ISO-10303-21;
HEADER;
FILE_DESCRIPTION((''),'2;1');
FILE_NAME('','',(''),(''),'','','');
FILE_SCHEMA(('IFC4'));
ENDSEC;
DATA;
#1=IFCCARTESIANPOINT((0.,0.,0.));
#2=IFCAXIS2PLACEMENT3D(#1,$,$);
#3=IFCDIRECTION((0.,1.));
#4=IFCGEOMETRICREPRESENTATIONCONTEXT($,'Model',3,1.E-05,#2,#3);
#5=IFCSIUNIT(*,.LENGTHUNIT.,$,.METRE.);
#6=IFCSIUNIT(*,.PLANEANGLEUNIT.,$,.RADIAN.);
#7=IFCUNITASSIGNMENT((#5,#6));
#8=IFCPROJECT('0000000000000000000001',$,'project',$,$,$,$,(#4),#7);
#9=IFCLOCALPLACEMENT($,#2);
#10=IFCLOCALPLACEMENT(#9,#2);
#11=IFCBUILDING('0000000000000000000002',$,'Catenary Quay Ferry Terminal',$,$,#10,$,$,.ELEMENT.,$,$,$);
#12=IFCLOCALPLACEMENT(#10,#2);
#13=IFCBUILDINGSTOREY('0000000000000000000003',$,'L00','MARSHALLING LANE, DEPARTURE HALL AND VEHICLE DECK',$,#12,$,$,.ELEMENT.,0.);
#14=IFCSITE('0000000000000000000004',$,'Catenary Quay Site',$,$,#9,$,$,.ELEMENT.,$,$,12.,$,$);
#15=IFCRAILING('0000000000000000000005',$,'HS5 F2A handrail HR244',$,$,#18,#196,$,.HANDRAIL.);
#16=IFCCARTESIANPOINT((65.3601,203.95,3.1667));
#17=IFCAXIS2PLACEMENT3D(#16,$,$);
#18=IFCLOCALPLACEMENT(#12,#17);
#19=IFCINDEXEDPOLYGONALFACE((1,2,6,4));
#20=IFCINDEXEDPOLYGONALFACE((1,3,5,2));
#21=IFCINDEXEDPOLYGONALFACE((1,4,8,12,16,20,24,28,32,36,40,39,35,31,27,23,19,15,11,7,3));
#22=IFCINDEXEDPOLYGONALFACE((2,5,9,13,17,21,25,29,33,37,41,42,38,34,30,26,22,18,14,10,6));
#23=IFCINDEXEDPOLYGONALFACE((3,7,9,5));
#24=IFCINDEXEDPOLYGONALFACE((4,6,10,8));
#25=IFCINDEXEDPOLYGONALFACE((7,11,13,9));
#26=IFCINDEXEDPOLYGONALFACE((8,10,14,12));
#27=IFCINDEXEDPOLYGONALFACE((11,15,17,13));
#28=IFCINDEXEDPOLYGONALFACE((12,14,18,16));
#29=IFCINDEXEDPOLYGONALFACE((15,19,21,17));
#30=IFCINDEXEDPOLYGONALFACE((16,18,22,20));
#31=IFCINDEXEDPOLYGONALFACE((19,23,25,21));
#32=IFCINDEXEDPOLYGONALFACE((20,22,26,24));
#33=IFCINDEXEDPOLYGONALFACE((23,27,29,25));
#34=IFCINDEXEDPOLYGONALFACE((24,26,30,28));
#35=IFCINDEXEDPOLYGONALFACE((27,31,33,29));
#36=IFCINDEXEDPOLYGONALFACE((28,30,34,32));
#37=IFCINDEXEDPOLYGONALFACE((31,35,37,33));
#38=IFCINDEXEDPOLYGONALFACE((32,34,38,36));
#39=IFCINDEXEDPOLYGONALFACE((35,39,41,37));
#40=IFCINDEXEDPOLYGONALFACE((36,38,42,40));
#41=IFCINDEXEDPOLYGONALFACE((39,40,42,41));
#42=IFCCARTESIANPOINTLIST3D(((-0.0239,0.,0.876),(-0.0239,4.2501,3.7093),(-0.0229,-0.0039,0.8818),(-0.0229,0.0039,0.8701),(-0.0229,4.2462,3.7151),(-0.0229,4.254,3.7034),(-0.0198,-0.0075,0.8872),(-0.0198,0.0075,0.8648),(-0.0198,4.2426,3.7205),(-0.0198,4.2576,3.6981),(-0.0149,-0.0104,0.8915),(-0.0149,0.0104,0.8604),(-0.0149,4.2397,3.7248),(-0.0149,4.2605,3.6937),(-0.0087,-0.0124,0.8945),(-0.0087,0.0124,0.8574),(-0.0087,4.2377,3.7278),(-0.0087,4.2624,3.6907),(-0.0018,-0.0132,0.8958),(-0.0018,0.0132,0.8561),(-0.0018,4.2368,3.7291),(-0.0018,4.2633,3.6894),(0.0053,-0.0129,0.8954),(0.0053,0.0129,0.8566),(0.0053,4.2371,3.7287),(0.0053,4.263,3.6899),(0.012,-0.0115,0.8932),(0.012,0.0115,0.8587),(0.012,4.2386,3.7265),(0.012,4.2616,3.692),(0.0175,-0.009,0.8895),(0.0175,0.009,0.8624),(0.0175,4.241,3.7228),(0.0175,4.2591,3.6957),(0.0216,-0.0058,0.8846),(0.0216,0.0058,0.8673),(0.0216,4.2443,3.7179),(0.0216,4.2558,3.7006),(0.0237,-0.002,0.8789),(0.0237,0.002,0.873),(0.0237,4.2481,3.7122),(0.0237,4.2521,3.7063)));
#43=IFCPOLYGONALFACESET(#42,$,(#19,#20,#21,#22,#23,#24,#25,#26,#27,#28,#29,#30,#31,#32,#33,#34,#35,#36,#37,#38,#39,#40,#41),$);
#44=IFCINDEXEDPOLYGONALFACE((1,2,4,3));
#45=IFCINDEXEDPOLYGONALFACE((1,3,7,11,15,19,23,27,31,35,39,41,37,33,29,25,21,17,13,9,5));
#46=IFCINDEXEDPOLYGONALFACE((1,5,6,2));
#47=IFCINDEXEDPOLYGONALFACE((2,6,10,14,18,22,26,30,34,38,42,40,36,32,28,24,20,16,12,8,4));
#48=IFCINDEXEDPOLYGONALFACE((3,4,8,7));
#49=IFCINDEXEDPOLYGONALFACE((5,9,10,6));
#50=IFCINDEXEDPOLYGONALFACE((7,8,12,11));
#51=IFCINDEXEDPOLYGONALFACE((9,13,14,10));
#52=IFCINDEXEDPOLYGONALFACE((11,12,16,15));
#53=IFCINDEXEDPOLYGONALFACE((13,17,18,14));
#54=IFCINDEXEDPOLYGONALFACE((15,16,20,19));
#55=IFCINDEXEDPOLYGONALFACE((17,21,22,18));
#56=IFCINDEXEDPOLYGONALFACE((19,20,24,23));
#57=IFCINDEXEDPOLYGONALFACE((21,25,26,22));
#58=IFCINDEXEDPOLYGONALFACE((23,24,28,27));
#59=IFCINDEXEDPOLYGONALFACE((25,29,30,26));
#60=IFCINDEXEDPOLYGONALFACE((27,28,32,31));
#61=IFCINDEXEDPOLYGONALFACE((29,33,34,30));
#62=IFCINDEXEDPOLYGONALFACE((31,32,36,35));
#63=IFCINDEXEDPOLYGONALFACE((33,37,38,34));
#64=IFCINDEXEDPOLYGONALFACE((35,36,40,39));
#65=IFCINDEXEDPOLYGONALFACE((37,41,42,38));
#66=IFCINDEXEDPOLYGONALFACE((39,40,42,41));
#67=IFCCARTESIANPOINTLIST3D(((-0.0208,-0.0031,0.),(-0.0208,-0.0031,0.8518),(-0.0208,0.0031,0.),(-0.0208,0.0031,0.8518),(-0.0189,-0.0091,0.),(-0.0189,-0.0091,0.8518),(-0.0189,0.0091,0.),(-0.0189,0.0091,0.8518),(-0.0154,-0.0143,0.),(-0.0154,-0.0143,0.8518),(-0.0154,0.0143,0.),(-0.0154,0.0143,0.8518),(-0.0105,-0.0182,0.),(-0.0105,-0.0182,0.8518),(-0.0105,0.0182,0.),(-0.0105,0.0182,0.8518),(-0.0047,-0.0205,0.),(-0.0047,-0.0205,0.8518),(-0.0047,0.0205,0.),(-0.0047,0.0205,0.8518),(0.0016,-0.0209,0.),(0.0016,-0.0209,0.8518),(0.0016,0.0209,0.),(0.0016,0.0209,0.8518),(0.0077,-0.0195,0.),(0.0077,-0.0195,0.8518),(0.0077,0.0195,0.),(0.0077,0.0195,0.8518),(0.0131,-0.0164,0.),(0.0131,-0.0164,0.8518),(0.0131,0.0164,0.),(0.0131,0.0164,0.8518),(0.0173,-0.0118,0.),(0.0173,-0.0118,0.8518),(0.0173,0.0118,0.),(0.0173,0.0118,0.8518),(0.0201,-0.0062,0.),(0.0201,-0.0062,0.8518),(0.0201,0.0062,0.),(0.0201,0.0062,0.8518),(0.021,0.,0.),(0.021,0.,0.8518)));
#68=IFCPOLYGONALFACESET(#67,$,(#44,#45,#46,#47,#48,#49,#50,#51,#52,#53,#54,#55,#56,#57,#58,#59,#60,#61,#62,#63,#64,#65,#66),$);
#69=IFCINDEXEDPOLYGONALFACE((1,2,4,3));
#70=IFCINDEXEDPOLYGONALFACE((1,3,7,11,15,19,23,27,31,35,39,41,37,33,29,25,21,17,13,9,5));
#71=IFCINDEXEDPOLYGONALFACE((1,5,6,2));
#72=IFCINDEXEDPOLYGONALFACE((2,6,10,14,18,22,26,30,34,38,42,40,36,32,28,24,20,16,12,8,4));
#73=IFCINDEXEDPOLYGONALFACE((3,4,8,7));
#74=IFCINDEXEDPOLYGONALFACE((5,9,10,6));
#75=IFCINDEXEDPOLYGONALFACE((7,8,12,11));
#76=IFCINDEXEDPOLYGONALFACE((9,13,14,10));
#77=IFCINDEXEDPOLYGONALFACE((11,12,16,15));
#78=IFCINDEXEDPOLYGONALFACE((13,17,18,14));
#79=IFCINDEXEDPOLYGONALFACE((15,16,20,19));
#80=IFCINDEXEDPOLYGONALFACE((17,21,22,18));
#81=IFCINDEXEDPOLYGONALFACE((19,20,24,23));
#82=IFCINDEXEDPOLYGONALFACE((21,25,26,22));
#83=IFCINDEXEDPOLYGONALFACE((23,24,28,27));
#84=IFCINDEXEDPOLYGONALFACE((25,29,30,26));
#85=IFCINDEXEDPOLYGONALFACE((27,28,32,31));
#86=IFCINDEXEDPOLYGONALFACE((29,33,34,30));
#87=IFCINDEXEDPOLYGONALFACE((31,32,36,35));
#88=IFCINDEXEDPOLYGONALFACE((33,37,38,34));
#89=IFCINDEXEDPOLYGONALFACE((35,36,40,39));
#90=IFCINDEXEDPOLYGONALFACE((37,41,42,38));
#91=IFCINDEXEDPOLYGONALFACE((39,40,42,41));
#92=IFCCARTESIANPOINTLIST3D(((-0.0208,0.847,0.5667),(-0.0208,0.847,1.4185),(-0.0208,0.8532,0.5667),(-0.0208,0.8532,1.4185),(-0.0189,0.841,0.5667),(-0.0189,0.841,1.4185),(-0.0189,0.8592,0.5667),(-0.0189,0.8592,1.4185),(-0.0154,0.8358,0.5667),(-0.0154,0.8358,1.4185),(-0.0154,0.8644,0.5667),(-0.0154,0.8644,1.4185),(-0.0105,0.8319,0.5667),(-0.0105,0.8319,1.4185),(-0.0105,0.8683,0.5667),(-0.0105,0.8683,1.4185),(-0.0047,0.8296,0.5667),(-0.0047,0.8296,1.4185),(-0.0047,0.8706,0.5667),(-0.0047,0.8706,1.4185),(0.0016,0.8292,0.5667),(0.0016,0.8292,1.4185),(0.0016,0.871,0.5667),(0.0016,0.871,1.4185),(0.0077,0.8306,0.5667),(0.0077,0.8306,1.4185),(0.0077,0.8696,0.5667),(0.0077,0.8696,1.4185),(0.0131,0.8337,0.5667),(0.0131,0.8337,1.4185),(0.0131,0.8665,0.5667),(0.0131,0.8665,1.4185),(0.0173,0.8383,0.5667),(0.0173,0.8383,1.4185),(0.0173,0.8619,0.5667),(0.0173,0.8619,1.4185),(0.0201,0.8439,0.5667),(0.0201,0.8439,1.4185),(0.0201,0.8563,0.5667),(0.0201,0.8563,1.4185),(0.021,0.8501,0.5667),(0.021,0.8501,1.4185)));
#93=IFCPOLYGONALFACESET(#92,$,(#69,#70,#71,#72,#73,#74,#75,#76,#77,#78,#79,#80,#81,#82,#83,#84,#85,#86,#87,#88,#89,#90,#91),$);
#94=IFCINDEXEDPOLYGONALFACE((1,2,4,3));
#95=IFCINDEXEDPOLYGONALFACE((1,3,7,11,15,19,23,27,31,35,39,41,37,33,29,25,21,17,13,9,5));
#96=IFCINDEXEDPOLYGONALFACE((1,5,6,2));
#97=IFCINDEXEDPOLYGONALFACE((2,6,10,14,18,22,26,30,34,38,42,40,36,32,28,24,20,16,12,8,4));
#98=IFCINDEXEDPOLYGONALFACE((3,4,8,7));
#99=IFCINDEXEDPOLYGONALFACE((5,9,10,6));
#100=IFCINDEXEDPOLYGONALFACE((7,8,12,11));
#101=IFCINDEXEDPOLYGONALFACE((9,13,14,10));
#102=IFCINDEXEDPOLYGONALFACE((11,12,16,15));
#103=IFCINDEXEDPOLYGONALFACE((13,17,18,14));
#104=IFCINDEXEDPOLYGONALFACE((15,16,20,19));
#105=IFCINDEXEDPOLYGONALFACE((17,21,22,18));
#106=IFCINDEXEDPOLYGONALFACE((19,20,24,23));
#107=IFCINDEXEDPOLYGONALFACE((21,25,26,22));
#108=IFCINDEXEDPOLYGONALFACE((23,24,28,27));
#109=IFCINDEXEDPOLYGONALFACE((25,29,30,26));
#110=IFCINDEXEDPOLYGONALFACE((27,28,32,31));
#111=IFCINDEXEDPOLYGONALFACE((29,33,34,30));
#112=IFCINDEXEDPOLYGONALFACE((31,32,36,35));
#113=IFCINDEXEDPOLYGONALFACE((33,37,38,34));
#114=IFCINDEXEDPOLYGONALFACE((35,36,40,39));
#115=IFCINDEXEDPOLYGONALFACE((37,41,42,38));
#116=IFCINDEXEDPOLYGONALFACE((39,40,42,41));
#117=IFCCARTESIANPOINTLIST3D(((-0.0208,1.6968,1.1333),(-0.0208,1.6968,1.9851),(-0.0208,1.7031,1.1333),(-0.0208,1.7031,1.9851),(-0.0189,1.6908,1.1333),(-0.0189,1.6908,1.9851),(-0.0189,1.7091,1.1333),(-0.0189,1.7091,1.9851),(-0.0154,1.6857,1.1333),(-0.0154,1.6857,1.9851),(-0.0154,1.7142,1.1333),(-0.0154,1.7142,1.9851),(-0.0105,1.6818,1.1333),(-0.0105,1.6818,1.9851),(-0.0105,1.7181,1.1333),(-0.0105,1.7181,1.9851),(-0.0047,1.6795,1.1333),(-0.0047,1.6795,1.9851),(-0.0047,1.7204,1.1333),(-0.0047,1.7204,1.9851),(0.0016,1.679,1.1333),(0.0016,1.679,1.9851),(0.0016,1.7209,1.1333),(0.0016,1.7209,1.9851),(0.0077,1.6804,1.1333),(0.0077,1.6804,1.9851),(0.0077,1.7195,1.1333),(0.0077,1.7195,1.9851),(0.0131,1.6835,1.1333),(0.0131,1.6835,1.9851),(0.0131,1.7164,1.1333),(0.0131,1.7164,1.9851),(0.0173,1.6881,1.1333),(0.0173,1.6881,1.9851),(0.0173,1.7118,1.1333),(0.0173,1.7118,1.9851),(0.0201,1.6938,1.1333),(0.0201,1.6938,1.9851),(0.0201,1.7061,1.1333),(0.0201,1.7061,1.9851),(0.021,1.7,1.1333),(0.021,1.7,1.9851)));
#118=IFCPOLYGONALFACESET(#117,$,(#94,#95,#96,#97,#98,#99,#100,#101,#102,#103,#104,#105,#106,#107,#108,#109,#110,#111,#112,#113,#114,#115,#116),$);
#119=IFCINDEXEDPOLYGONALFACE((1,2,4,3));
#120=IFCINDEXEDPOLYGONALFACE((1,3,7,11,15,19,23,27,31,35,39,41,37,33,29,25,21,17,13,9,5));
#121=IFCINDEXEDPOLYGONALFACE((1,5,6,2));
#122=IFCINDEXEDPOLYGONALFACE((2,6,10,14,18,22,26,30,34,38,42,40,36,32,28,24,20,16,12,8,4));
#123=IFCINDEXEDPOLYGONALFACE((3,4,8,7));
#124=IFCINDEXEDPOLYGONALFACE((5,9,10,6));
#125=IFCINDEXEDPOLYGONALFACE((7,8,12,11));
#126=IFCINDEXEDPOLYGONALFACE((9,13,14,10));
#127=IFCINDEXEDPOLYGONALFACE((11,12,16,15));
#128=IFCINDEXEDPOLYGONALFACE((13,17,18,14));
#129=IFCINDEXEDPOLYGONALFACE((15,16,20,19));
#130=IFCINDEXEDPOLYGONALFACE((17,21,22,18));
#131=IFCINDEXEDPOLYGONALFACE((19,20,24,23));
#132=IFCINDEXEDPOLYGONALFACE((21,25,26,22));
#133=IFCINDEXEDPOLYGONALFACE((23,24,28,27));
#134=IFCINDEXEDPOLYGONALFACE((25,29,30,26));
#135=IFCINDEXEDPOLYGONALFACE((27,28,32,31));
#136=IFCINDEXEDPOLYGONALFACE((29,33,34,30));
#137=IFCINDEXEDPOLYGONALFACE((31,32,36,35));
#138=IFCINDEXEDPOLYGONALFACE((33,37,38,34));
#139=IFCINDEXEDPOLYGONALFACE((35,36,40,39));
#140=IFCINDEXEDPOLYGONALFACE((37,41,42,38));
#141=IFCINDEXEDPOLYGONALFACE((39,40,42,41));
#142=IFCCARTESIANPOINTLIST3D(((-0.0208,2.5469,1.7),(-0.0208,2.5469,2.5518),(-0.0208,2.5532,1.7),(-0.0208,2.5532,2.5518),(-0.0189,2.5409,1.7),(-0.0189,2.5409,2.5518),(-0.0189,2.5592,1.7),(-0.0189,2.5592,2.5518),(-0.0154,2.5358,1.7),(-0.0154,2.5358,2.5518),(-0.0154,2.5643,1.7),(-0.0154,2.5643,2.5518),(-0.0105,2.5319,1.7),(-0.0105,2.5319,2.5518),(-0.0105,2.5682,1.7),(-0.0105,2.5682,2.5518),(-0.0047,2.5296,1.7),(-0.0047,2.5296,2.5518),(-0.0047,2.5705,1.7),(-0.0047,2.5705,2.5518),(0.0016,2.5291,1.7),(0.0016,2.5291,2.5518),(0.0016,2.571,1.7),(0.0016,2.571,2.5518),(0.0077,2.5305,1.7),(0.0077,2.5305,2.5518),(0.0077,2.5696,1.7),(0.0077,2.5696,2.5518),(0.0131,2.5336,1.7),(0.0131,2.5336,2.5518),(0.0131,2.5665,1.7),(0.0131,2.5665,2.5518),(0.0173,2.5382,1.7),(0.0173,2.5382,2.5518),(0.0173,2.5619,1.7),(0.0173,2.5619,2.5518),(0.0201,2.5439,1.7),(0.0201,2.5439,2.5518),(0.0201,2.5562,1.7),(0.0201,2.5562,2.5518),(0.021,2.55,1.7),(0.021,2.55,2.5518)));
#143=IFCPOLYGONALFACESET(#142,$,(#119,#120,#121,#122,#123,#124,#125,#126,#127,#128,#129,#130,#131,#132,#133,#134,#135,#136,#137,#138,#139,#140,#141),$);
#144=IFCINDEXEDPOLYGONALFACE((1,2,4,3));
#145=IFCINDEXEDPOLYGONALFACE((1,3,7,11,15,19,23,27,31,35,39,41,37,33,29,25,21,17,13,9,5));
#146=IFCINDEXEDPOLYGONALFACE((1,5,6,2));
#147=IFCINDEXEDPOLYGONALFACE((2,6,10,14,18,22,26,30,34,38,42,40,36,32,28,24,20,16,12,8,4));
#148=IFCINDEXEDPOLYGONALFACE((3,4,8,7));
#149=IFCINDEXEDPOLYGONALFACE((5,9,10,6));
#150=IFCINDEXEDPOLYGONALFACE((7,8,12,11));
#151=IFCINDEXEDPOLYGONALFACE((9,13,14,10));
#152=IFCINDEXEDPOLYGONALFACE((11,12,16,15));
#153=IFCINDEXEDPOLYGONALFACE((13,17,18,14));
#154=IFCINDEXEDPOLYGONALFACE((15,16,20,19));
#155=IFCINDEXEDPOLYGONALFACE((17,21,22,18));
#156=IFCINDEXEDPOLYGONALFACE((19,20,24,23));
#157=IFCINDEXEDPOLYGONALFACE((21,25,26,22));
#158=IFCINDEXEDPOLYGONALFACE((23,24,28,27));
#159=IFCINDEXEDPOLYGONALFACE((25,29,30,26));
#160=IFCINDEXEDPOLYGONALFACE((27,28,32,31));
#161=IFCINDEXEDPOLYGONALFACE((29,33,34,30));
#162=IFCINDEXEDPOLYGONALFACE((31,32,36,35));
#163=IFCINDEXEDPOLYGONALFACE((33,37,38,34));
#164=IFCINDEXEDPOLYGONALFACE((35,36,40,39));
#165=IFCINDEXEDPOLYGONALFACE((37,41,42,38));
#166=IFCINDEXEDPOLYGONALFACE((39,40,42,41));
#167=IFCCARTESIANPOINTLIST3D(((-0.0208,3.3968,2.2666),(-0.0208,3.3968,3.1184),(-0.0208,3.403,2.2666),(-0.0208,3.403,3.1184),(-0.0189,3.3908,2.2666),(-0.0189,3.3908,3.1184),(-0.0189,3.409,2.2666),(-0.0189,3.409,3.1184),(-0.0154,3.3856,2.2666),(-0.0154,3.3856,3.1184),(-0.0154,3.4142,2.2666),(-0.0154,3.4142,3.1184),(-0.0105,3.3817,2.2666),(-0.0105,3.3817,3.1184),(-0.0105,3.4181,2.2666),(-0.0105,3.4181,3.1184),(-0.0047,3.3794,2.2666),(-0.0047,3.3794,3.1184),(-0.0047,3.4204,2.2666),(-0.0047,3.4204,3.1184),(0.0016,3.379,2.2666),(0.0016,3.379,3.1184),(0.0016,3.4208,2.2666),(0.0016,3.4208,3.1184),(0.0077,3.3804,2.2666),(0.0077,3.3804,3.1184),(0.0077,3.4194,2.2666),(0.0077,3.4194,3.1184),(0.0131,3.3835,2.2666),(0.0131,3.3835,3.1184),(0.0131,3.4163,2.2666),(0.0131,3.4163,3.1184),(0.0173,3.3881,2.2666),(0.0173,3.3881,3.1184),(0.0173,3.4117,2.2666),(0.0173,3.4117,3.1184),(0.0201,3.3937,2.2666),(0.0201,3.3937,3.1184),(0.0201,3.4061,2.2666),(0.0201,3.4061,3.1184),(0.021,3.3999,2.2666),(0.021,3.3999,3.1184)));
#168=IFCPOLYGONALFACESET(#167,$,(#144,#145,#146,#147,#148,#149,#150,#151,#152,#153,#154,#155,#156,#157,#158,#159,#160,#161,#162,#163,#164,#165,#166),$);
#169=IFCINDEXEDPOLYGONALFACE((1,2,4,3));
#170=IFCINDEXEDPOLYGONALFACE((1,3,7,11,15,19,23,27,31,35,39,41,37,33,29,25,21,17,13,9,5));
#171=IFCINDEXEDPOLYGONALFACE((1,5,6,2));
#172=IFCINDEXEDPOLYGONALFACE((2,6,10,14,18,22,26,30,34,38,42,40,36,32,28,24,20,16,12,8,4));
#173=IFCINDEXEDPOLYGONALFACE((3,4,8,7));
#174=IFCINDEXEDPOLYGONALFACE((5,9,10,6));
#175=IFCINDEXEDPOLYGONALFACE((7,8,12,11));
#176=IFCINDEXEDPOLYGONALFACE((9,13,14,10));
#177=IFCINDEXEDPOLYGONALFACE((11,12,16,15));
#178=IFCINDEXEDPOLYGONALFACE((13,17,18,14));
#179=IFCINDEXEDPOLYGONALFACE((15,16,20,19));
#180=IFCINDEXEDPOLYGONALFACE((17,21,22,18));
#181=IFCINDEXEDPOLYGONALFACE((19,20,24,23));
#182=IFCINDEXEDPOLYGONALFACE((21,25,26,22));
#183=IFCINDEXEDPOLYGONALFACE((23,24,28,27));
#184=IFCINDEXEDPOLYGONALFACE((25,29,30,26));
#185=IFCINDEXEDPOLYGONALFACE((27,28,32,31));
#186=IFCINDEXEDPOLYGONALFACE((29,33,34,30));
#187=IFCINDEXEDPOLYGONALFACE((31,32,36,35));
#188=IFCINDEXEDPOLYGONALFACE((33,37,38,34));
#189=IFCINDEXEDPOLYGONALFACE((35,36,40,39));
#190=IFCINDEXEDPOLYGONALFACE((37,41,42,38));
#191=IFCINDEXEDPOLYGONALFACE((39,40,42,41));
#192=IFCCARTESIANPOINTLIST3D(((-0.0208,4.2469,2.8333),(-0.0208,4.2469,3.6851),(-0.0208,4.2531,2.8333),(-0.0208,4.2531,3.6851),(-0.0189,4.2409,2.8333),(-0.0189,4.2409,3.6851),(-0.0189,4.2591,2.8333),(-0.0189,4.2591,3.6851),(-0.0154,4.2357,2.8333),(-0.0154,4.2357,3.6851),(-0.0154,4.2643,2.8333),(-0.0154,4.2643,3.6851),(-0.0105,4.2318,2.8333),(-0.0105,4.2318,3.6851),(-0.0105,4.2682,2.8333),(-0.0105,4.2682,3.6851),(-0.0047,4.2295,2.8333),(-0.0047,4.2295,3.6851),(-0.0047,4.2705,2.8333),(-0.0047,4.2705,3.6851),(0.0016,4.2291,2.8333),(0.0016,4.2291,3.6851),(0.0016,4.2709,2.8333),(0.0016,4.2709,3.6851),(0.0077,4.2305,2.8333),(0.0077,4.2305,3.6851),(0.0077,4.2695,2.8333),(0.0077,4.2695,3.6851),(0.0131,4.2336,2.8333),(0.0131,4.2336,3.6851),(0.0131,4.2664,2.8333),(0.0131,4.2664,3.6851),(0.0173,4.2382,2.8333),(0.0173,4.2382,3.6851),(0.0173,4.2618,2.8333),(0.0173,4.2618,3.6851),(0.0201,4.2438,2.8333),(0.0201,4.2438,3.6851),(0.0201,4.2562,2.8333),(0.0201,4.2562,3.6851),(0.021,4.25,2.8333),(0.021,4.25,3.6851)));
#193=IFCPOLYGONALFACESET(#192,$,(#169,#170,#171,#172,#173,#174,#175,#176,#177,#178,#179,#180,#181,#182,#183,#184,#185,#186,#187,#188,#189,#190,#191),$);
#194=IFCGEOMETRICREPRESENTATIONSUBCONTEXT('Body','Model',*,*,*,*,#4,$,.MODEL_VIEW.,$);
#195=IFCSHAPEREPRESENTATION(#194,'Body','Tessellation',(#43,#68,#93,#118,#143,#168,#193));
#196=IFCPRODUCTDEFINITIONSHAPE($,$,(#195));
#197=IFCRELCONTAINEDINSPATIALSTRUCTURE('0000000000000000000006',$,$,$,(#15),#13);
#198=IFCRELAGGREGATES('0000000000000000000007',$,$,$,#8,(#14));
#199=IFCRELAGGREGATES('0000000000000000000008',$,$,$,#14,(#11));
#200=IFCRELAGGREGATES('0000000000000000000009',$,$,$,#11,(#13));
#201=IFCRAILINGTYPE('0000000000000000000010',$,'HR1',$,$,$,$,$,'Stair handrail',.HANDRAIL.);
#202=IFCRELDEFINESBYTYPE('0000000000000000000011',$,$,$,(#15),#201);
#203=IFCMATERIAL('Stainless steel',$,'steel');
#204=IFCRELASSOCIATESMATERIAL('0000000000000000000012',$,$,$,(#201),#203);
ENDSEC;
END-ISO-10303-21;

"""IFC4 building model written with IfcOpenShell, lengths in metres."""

from ifc_helpers import new_model, si_unit, direction, frame, origin, origin_2d, place, context, subcontext, project, spatial, circle, extrude, material, type_object, element, save


model = new_model("IFC4")

# Units and contexts
model_context = context("Model", 3, precision=1e-05, world=origin(), true_north=direction((0.0, 1.0)))
body_context = subcontext(model_context, "Body", "Model", "MODEL_VIEW")
ifc_project = project(units=[si_unit("LENGTHUNIT", "METRE"), si_unit("PLANEANGLEUNIT", "RADIAN")], contexts=[model_context])

# Site, building, storey
site_placement = place(None, origin())
site = spatial("IfcSite", under=ifc_project, at=site_placement, Name="Catenary Quay Site", CompositionType="ELEMENT", RefElevation=12.0)
building_placement = place(site_placement, origin())
building = spatial("IfcBuilding", under=site, at=building_placement, Name="Catenary Quay Ferry Terminal", CompositionType="ELEMENT")
storey_placement = place(building_placement, origin())
storey = spatial("IfcBuildingStorey", under=building, at=storey_placement, Name="L00", Description="MARSHALLING LANE, DEPARTURE HALL AND VEHICLE DECK", CompositionType="ELEMENT", Elevation=0.0)

# Railing
ifc_material_1 = material(Name="Stainless steel", Category="steel")
railing_type_1 = type_object("IfcRailingType", Name="HR1", ElementType="Stair handrail", PredefinedType="HANDRAIL", material=ifc_material_1)
for number, where, name in (
    (1, (65.3601, 203.95, 3.1667), "HS5 F2A handrail HR244"),
):
    element("IfcRailing", number, at=place(storey_placement, frame(where)), inside=storey, type_object=railing_type_1, Name=name, PredefinedType="HANDRAIL", context=body_context, shape_type="SweptSolid", body=[
        extrude(circle(Radius=0.0239, at=origin_2d()), frame((0.0, 0.0, 0.876), z_axis=(0.0, 0.832058, 0.554689), x_axis=(-1.0, 0.0, 0.0)), (0.0, 0.0, 1.0), 5.1079),
        extrude(circle(Radius=0.021, at=origin_2d()), origin(), (0.0, 0.0, 1.0), 0.8518),
        extrude(circle(Radius=0.021, at=origin_2d()), frame((0.0, 0.8501, 0.5667)), (0.0, 0.0, 1.0), 0.8518),
        extrude(circle(Radius=0.021, at=origin_2d()), frame((0.0, 1.7, 1.1333)), (0.0, 0.0, 1.0), 0.8518),
        extrude(circle(Radius=0.021, at=origin_2d()), frame((0.0, 2.55, 1.7)), (0.0, 0.0, 1.0), 0.8518),
        extrude(circle(Radius=0.021, at=origin_2d()), frame((0.0, 3.3999, 2.2666)), (0.0, 0.0, 1.0), 0.8518),
        extrude(circle(Radius=0.021, at=origin_2d()), frame((0.0, 4.25, 2.8333)), (0.0, 0.0, 1.0), 0.8518),
    ])

save(model, "model.ifc")
